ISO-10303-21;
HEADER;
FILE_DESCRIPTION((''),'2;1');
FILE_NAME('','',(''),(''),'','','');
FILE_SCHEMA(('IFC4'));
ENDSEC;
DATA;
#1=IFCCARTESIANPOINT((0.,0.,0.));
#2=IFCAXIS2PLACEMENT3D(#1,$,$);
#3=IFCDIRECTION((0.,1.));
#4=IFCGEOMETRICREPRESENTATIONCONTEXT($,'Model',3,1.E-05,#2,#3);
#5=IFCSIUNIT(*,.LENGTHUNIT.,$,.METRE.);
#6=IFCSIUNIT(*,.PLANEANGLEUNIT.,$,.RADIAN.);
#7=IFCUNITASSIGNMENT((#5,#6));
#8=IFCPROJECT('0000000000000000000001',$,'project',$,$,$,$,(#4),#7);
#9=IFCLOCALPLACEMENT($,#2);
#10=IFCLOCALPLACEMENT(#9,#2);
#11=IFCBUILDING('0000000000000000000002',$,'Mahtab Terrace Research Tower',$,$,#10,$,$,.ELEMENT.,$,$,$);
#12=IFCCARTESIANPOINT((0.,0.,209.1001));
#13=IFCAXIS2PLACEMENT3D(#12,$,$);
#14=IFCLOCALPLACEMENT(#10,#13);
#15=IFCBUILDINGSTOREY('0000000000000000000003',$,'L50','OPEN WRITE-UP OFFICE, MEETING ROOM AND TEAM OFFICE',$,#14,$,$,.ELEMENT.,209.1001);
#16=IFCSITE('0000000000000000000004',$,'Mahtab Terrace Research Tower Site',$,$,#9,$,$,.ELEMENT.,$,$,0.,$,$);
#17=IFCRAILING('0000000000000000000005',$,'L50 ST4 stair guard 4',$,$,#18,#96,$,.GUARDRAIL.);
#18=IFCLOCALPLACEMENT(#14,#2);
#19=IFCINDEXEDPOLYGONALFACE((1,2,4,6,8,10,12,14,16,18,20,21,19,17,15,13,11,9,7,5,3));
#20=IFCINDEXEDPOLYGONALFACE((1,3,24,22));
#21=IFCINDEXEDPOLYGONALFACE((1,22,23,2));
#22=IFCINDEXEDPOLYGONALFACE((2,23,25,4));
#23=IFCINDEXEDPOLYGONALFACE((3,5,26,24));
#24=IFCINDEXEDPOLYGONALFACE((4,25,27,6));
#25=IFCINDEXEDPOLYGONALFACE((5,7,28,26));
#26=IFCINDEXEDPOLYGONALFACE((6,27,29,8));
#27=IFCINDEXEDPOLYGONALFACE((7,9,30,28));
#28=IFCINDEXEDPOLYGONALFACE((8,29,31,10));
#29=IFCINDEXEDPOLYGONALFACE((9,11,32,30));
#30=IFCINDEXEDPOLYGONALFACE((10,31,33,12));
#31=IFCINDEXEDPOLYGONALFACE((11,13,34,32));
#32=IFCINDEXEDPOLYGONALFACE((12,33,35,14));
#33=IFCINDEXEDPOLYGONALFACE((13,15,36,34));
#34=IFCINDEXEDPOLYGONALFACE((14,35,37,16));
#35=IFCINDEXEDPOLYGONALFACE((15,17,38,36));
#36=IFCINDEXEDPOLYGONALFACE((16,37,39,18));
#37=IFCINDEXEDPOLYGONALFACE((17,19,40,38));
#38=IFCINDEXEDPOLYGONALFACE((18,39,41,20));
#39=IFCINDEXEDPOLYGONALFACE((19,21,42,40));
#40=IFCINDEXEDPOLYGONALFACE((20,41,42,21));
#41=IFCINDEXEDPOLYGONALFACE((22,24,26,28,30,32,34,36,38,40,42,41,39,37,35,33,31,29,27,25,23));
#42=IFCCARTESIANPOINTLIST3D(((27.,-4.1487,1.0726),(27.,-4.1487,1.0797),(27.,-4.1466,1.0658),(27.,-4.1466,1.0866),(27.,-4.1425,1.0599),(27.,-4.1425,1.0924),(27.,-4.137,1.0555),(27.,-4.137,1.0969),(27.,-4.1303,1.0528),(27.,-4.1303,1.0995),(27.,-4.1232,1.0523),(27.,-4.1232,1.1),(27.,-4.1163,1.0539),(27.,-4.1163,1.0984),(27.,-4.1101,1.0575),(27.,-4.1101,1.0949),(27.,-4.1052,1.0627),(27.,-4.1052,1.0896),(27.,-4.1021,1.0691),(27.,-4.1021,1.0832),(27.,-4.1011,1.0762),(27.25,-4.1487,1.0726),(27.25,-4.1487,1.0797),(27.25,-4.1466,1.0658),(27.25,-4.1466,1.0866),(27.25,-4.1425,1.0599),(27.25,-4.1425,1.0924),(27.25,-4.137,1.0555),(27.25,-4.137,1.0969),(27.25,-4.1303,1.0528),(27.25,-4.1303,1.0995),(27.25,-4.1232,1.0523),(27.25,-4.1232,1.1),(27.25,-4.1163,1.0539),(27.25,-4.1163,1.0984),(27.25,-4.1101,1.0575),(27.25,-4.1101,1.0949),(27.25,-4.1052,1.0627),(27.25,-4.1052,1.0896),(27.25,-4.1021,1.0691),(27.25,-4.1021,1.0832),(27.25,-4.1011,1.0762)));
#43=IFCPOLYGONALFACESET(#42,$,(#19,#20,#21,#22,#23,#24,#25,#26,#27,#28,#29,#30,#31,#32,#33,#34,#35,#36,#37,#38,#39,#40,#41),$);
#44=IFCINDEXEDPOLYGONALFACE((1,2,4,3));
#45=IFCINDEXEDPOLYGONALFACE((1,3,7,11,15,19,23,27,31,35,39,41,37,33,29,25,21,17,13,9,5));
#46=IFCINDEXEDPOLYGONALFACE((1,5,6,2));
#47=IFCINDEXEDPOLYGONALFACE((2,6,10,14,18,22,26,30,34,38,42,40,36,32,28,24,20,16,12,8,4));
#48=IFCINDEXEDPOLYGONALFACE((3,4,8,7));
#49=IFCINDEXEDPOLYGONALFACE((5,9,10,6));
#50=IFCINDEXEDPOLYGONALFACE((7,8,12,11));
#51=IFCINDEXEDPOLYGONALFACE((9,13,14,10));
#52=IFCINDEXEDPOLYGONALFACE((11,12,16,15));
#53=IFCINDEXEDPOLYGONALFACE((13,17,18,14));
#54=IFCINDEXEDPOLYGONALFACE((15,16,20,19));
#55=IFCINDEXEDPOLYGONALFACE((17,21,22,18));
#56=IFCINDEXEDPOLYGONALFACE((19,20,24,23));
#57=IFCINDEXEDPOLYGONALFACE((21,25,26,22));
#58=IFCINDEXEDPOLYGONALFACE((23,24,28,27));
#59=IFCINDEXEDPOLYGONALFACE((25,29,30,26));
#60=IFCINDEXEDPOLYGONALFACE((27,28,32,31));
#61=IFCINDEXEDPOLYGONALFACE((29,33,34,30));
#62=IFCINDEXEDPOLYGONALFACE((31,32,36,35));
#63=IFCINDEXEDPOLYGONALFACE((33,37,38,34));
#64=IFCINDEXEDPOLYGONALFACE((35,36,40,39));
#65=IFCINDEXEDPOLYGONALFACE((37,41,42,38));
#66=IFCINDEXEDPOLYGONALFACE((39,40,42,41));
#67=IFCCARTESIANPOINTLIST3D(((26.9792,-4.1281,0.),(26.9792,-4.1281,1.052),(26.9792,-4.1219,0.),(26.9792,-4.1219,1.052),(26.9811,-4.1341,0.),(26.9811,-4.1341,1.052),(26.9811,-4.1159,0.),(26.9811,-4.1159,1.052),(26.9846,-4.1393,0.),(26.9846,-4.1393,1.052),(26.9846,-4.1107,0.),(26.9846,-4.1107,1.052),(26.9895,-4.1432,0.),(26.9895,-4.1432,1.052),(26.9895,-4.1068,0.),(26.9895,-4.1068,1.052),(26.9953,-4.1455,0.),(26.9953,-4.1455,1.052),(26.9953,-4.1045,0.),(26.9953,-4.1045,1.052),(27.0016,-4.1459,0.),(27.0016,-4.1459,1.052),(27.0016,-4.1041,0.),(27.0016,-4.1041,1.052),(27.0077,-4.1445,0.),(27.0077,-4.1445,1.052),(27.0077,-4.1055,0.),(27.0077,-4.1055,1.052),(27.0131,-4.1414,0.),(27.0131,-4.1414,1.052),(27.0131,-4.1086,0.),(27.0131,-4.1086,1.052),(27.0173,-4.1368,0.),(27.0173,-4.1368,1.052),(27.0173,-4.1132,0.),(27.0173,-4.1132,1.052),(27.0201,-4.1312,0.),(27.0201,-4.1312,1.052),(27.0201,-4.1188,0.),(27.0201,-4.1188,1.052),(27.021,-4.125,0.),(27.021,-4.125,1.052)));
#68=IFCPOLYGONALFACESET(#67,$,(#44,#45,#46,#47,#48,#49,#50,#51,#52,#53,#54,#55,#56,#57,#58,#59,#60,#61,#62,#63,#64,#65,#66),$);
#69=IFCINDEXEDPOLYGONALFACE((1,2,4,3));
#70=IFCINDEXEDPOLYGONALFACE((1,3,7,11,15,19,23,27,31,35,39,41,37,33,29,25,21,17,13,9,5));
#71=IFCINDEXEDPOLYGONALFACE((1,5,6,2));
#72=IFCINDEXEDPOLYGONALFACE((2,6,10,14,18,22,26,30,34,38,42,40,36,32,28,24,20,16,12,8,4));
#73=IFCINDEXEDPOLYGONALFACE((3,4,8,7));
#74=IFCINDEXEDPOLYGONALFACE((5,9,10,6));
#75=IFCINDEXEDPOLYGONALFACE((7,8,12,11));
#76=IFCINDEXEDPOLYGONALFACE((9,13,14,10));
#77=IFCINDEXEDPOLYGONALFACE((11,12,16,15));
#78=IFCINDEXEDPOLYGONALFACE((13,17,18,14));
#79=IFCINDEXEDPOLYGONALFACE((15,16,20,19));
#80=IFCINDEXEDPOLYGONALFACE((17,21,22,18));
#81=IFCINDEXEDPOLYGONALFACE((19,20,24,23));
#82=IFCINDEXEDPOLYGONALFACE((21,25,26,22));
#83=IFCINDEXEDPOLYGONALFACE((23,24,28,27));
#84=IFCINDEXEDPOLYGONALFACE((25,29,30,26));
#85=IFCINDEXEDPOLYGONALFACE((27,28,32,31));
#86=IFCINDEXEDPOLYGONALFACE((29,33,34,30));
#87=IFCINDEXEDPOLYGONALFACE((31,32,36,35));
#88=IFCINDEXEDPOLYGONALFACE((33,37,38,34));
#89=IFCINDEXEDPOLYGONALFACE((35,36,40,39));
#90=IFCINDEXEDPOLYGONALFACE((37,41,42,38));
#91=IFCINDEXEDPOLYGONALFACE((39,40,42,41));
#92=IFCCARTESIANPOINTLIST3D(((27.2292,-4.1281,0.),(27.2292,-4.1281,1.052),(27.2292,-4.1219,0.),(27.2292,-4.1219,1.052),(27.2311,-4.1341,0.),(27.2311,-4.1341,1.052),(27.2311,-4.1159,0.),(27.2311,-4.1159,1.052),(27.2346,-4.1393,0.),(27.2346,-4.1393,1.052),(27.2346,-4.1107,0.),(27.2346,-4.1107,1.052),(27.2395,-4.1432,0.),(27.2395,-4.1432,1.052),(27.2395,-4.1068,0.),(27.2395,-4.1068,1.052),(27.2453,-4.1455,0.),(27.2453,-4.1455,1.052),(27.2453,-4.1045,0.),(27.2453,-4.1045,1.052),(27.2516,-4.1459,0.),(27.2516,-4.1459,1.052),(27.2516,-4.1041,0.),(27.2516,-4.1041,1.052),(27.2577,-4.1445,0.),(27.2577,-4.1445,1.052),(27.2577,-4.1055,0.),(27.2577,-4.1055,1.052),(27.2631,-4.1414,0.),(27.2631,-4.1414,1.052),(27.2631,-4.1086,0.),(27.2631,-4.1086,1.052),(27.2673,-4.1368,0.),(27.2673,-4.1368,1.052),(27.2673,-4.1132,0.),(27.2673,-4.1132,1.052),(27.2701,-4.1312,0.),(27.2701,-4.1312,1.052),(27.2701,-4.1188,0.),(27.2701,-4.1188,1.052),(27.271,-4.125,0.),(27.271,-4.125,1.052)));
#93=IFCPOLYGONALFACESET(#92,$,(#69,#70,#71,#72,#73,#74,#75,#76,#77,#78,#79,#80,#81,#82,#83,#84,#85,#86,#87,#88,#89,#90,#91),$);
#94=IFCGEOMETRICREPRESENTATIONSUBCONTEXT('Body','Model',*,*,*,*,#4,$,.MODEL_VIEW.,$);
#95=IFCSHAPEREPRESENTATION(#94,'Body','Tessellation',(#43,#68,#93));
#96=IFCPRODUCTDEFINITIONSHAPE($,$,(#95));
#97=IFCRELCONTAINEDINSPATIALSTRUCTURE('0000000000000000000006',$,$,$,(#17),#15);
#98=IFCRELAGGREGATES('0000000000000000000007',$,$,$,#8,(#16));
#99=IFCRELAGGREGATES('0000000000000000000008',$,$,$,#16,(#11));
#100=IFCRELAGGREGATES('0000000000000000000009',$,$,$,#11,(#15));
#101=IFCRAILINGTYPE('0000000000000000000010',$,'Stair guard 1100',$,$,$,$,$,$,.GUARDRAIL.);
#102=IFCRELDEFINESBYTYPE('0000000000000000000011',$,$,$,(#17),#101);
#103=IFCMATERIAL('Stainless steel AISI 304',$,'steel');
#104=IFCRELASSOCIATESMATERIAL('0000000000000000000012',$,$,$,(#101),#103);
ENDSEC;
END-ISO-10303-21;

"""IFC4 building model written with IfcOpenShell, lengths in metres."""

from ifc_helpers import new_model, si_unit, direction, frame, origin, origin_2d, place, context, subcontext, project, spatial, circle, extrude, material, type_object, element, save


model = new_model("IFC4")

# Units and contexts
model_context = context("Model", 3, precision=1e-05, world=origin(), true_north=direction((0.0, 1.0)))
body_context = subcontext(model_context, "Body", "Model", "MODEL_VIEW")
ifc_project = project(units=[si_unit("LENGTHUNIT", "METRE"), si_unit("PLANEANGLEUNIT", "RADIAN")], contexts=[model_context])

# Site, building, storey
site_placement = place(None, origin())
site = spatial("IfcSite", under=ifc_project, at=site_placement, Name="Mahtab Terrace Research Tower Site", CompositionType="ELEMENT", RefElevation=0.0)
building_placement = place(site_placement, origin())
building = spatial("IfcBuilding", under=site, at=building_placement, Name="Mahtab Terrace Research Tower", CompositionType="ELEMENT")
storey_placement = place(building_placement, frame((0.0, 0.0, 209.1001)))
storey = spatial("IfcBuildingStorey", under=building, at=storey_placement, Name="L50", Description="OPEN WRITE-UP OFFICE, MEETING ROOM AND TEAM OFFICE", CompositionType="ELEMENT", Elevation=209.1001)

# Railing
ifc_material_1 = material(Name="Stainless steel AISI 304", Category="steel")
railing_type_1 = type_object("IfcRailingType", Name="Stair guard 1100", PredefinedType="GUARDRAIL", material=ifc_material_1)
railing_1_placement = place(storey_placement, frame((27.0, -4.125, 0.0)))
element("IfcRailing", 1, at=railing_1_placement, inside=storey, type_object=railing_type_1, Name="L50 ST4 stair guard 4", PredefinedType="GUARDRAIL", context=body_context, shape_type="SweptSolid", body=[
    extrude(circle(Radius=0.0239, at=origin_2d()), frame((0.0, 0.0, 1.0762), z_axis=(1.0, 0.0, 0.0), x_axis=(0.0, 1.0, 0.0)), (0.0, 0.0, 1.0), 0.25),
    extrude(circle(Radius=0.021, at=origin_2d()), origin(), (0.0, 0.0, 1.0), 1.052),
    extrude(circle(Radius=0.021, at=origin_2d()), frame((0.25, 0.0, 0.0)), (0.0, 0.0, 1.0), 1.052),
])

save(model, "model.ifc")
